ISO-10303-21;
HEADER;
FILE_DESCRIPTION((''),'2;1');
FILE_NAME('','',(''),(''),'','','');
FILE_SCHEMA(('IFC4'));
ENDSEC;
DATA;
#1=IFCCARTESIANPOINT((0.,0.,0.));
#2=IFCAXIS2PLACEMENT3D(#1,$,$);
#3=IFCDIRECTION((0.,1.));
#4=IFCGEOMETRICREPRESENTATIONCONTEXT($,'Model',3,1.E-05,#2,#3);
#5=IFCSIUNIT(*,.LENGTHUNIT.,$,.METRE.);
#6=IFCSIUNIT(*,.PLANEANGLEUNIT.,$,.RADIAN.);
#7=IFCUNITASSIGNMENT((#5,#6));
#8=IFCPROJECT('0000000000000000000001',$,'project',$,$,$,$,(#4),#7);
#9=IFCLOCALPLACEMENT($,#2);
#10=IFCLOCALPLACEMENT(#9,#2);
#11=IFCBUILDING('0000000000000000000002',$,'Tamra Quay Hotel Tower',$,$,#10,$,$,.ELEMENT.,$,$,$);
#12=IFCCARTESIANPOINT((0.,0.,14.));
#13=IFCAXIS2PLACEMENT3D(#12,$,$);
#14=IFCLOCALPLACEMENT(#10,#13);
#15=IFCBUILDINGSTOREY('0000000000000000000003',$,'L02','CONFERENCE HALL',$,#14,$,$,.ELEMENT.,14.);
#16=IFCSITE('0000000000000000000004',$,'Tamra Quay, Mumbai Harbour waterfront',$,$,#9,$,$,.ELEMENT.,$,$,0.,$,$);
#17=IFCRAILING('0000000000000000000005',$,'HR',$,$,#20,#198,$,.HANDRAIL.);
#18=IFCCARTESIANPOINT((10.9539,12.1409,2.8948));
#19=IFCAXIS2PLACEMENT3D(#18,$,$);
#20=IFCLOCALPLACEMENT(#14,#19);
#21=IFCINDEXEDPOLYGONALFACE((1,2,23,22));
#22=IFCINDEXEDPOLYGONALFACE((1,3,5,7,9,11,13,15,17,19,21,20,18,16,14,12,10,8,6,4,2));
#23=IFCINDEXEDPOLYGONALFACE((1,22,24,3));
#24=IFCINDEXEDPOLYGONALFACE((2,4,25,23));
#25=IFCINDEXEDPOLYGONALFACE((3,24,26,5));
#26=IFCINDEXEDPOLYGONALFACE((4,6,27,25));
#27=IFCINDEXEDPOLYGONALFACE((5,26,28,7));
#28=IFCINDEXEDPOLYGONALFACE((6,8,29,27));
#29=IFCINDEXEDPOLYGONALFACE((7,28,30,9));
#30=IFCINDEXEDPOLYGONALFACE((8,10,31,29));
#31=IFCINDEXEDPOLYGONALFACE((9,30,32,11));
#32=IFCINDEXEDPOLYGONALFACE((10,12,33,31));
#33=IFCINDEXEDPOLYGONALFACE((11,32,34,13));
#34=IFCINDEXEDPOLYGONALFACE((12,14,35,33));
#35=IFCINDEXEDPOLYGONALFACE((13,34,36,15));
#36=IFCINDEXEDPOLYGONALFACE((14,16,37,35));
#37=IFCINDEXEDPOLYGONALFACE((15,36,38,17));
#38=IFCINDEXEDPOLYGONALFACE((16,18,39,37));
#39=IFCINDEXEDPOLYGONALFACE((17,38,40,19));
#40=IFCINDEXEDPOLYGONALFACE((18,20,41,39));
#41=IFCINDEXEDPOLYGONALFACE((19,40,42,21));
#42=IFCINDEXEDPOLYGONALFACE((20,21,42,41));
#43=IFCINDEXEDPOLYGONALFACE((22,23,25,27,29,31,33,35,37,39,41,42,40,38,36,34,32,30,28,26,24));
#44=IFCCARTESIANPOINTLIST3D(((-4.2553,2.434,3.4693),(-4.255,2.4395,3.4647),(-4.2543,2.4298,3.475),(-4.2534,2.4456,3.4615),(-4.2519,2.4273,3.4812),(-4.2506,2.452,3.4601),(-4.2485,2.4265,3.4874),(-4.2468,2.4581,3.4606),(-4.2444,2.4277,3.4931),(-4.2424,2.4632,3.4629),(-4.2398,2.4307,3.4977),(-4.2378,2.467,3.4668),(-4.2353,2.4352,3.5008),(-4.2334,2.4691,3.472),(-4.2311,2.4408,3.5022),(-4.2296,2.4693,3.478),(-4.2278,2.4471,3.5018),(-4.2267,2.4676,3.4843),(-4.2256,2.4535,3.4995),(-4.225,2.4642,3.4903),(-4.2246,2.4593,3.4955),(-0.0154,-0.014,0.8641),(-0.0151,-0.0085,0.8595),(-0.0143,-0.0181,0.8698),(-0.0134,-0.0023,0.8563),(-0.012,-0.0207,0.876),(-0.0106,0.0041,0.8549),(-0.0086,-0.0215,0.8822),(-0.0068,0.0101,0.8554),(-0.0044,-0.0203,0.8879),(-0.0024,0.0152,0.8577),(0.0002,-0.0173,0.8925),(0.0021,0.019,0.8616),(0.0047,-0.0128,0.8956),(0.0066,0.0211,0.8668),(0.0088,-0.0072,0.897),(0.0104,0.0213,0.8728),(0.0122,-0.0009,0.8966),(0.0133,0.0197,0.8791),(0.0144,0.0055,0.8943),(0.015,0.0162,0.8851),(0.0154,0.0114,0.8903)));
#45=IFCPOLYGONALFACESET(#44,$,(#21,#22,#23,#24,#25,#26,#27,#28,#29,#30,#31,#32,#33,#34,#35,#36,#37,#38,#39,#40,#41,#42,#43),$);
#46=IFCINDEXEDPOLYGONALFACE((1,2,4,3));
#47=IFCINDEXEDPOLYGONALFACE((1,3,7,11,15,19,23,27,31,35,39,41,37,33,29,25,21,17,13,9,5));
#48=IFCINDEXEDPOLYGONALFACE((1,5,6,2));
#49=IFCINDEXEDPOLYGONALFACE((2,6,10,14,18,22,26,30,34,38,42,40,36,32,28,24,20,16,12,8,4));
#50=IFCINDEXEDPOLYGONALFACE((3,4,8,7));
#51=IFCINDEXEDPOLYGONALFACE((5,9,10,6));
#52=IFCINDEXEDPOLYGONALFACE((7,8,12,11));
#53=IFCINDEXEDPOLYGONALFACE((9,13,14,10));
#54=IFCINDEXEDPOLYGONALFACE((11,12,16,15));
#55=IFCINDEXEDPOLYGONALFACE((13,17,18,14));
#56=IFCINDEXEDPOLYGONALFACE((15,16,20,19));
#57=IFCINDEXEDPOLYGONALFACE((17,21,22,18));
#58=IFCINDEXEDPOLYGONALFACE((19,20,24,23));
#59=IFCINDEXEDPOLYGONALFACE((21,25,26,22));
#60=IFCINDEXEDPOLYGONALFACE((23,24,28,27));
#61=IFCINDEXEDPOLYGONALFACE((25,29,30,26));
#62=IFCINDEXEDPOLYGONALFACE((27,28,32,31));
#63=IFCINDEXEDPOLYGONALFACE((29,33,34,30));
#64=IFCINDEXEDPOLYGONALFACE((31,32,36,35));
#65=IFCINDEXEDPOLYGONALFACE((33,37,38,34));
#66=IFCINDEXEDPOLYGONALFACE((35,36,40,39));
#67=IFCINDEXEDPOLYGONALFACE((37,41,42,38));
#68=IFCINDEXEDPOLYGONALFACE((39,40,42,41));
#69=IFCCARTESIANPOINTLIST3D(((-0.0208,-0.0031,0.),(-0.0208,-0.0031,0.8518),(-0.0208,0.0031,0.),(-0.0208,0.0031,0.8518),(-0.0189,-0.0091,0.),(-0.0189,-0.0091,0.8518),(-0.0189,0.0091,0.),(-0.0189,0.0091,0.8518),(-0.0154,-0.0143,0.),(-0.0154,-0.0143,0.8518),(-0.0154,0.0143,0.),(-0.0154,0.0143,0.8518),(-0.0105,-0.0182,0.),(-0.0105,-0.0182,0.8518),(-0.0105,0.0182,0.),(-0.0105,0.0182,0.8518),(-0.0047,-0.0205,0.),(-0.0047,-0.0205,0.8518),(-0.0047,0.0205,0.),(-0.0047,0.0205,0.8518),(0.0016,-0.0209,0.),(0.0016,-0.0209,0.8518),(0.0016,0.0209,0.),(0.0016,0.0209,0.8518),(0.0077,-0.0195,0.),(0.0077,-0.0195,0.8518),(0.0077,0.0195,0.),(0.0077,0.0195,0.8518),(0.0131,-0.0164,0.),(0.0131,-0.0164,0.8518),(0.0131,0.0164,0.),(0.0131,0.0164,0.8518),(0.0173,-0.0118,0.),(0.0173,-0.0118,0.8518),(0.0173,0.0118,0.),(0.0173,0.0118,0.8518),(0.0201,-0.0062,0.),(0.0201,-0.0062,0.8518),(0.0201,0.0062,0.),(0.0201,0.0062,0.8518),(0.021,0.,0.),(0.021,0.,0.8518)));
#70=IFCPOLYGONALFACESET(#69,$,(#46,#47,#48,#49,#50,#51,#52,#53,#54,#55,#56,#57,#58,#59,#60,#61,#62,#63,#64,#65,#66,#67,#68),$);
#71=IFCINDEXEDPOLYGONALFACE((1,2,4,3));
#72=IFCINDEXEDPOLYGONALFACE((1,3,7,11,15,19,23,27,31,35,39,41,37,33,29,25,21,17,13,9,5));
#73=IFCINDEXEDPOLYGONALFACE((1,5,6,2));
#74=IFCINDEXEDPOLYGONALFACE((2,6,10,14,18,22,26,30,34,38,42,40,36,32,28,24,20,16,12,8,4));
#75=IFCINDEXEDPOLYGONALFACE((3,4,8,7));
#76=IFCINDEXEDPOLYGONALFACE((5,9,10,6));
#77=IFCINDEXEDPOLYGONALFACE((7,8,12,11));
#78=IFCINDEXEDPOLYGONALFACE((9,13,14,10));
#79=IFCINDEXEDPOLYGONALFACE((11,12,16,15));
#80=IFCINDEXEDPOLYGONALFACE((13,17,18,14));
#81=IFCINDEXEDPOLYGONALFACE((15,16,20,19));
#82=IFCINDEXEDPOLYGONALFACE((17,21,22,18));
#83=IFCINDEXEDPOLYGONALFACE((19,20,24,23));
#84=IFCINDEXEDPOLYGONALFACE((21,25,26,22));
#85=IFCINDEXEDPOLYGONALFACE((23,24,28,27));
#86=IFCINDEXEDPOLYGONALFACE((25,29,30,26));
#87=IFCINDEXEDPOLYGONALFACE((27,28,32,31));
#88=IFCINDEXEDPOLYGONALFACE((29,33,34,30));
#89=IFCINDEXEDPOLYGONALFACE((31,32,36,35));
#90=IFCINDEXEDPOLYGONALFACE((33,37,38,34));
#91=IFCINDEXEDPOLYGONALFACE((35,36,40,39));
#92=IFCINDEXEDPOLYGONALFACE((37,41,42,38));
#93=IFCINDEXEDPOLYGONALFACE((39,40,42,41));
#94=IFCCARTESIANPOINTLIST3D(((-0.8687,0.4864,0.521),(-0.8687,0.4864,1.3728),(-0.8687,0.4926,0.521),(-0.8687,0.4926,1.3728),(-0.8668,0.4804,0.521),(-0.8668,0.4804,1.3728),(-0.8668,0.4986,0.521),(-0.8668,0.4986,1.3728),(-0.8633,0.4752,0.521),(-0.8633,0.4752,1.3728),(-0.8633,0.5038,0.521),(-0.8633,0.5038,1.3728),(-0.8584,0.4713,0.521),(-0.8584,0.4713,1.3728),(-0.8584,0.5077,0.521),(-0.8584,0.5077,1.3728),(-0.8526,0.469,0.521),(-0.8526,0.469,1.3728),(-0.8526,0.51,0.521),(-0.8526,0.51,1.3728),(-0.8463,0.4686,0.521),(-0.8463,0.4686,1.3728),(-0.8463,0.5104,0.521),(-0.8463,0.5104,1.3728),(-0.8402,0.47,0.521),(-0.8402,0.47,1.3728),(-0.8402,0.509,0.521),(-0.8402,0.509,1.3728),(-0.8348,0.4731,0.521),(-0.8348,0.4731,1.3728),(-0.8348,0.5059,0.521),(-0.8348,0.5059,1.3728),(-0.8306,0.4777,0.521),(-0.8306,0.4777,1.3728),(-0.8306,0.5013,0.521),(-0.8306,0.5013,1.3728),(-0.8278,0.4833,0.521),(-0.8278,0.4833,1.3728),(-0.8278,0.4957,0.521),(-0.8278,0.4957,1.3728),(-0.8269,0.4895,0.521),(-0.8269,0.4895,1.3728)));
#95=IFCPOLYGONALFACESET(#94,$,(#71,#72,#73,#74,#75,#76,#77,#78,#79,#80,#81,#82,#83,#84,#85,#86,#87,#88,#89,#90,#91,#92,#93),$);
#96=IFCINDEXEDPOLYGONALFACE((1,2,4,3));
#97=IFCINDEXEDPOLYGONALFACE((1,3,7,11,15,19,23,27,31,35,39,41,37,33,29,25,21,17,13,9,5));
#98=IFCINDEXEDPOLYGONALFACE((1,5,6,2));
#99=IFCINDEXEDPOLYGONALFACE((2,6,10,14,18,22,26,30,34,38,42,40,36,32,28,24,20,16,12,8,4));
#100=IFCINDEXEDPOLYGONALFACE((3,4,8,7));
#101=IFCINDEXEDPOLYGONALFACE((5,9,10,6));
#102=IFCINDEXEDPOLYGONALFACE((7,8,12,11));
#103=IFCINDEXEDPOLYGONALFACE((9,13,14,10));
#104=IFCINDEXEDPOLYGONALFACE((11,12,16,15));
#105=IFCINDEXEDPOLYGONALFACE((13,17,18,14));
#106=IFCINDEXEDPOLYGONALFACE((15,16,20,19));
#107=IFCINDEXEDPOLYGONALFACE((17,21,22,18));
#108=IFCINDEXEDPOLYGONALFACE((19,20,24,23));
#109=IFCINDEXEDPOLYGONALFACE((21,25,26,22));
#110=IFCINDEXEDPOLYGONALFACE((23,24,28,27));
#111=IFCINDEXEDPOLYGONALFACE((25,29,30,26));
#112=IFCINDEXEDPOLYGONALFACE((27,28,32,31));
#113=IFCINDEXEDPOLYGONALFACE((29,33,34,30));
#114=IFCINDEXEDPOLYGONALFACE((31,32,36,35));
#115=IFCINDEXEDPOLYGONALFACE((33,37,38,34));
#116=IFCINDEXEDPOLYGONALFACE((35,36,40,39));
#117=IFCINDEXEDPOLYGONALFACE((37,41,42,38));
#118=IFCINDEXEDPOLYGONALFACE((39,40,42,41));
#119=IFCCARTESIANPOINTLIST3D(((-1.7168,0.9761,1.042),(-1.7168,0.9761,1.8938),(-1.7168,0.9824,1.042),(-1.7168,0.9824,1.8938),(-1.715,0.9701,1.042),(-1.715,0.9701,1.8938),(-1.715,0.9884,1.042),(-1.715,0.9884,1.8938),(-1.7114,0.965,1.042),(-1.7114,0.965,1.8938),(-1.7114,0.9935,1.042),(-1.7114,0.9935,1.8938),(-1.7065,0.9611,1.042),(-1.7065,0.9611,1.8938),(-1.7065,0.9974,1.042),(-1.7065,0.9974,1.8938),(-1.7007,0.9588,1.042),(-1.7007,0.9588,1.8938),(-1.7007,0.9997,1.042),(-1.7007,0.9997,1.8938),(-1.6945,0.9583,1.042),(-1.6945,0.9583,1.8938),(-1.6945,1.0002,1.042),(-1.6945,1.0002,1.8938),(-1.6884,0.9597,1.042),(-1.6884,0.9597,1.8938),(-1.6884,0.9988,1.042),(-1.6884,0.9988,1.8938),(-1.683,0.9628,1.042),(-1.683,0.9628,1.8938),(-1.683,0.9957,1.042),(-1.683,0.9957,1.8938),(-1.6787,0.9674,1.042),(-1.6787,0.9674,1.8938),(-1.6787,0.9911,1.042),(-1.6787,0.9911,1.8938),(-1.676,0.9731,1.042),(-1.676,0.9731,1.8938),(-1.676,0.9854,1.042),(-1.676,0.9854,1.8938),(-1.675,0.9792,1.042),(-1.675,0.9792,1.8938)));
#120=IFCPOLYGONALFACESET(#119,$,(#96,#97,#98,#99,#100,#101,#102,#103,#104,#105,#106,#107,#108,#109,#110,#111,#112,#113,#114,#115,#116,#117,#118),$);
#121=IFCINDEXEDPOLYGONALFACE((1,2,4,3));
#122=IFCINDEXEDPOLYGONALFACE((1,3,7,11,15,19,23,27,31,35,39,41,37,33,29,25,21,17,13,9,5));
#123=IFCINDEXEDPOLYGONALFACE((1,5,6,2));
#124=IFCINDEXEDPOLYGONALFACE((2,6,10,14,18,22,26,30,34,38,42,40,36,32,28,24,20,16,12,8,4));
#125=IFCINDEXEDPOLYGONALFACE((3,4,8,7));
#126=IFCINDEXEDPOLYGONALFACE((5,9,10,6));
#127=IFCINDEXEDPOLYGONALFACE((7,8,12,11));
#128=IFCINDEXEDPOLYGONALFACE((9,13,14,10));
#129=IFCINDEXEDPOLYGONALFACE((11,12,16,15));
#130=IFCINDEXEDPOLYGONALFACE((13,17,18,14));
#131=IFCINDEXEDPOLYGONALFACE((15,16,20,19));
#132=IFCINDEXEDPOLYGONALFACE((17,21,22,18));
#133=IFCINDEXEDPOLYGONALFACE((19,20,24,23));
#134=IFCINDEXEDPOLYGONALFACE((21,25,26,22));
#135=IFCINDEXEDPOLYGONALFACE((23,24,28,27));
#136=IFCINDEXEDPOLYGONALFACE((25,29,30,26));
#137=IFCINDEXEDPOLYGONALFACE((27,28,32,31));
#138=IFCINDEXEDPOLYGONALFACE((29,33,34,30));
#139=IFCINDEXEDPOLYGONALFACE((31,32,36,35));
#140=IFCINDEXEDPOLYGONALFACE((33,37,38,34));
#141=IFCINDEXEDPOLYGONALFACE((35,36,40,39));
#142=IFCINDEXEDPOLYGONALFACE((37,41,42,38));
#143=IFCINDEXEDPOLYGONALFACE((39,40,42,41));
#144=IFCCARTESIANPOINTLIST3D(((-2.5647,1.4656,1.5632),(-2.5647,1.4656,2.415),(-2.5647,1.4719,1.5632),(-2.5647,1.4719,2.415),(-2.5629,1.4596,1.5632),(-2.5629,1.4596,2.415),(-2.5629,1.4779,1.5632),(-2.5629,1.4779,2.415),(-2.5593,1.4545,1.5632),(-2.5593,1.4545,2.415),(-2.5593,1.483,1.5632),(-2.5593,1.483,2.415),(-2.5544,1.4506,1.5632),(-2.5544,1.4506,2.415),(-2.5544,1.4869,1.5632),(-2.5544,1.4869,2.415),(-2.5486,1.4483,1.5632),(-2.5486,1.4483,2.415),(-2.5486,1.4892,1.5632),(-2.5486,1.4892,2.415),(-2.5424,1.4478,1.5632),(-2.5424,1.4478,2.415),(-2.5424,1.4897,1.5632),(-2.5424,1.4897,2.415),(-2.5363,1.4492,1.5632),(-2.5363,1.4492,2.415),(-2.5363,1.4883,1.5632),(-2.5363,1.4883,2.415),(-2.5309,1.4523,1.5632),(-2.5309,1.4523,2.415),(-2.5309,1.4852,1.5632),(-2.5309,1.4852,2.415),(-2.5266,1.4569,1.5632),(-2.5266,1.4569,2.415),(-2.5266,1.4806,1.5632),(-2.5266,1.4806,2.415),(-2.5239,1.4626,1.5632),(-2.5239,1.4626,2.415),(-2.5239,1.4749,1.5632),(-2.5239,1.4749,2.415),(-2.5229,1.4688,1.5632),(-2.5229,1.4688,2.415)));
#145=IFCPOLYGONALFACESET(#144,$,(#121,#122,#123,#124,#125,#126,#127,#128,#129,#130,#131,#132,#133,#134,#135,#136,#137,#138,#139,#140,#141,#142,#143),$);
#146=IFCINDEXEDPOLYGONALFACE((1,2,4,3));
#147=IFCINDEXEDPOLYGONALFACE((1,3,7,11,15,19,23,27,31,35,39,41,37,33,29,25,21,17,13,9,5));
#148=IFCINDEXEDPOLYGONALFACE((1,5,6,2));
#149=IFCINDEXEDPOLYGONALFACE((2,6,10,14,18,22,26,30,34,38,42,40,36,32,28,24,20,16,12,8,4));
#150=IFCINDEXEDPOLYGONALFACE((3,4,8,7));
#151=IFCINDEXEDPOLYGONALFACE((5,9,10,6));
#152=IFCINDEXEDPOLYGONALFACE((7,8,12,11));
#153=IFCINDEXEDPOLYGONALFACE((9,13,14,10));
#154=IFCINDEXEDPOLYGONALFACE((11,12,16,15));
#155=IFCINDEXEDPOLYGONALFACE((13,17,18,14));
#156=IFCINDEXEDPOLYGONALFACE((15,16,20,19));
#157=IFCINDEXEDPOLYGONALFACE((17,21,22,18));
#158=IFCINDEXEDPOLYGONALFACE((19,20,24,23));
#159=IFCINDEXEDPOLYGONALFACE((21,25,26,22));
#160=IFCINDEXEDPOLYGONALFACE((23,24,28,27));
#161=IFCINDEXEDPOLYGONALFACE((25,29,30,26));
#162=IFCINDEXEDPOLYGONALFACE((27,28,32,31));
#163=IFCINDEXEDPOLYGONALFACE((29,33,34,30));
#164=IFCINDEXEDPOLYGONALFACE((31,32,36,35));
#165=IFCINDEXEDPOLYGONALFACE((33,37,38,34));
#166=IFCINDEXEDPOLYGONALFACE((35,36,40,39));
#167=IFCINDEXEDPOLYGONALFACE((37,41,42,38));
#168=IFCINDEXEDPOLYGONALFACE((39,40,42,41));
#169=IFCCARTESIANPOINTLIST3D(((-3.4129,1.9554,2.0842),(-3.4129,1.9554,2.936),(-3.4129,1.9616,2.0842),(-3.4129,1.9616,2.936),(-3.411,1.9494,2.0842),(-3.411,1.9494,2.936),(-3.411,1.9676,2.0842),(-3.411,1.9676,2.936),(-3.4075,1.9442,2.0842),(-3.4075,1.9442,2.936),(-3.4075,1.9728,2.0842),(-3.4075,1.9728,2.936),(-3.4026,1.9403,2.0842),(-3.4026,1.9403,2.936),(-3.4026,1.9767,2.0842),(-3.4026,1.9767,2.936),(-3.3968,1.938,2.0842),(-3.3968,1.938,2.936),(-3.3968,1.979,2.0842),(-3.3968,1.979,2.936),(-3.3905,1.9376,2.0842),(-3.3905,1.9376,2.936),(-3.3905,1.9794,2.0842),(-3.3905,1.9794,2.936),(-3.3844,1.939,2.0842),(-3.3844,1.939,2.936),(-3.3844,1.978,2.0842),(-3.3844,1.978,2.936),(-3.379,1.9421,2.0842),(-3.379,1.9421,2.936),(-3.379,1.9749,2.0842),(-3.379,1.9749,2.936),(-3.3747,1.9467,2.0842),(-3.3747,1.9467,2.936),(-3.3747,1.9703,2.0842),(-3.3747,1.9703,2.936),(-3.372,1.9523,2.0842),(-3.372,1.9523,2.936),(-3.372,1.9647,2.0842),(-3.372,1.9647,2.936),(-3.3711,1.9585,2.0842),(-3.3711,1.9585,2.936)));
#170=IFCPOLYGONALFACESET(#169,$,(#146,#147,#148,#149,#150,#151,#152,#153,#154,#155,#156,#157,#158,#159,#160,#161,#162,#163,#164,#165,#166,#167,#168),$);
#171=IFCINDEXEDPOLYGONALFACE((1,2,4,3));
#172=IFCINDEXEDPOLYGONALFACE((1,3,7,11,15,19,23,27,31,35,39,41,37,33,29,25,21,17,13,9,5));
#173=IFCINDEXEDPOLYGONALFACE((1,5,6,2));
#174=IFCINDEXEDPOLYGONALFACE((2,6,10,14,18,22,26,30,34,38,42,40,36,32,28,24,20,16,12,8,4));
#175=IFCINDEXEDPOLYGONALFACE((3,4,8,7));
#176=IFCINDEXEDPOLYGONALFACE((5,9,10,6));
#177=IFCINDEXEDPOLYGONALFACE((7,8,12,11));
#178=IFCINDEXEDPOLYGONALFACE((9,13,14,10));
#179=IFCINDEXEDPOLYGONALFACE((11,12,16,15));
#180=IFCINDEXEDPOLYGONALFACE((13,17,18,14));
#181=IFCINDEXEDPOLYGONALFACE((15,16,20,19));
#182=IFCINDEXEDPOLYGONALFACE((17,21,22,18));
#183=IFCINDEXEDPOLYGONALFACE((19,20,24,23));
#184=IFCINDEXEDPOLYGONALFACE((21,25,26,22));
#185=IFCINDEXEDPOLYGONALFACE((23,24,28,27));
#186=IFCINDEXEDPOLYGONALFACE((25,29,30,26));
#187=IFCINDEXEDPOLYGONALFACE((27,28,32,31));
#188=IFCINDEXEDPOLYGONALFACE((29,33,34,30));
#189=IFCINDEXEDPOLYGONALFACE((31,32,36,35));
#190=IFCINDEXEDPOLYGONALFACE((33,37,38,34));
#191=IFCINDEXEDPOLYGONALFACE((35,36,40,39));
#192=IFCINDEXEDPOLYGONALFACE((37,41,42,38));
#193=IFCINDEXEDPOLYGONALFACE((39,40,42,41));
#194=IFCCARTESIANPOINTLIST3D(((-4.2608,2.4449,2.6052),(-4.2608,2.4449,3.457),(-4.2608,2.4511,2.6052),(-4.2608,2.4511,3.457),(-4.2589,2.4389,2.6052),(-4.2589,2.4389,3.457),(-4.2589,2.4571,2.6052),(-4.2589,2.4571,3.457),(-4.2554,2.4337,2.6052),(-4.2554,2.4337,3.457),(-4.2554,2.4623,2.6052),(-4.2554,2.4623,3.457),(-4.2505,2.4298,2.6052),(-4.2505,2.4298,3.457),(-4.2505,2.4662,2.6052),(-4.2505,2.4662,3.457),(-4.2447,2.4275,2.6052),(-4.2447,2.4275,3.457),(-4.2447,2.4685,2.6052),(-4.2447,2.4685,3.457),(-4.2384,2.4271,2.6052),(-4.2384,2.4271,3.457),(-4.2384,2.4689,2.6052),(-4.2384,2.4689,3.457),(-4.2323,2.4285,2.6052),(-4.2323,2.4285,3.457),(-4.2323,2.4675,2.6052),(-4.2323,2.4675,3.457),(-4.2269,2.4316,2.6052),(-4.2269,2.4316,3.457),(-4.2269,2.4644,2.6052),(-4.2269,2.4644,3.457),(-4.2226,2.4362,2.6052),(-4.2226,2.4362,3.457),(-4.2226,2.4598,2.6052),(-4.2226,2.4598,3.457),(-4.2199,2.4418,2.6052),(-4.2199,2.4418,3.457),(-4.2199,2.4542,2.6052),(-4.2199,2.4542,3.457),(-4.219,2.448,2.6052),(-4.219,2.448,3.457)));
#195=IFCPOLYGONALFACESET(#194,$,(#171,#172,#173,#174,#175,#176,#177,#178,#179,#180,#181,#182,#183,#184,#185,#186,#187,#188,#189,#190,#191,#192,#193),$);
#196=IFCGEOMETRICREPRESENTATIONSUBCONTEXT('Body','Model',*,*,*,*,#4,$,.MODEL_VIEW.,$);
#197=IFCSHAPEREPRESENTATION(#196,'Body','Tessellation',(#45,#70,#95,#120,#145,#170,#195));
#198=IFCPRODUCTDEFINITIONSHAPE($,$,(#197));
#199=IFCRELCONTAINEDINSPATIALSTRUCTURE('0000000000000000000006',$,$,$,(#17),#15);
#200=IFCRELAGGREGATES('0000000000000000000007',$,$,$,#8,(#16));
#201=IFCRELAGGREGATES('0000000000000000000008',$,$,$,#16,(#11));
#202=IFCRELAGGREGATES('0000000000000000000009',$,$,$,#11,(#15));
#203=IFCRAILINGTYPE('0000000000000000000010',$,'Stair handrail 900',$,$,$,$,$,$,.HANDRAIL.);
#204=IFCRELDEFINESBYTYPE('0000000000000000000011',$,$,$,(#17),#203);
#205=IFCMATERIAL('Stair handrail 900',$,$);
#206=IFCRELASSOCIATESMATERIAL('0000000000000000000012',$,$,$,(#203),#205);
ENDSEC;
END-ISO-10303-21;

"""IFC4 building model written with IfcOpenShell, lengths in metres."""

from ifc_helpers import new_model, si_unit, direction, frame, origin, origin_2d, place, context, subcontext, project, spatial, circle, extrude, material, type_object, element, save


model = new_model("IFC4")

# Units and contexts
model_context = context("Model", 3, precision=1e-05, world=origin(), true_north=direction((0.0, 1.0)))
body_context = subcontext(model_context, "Body", "Model", "MODEL_VIEW")
ifc_project = project(units=[si_unit("LENGTHUNIT", "METRE"), si_unit("PLANEANGLEUNIT", "RADIAN")], contexts=[model_context])

# Site, building, storey
site_placement = place(None, origin())
site = spatial("IfcSite", under=ifc_project, at=site_placement, Name="Tamra Quay, Mumbai Harbour waterfront", CompositionType="ELEMENT", RefElevation=0.0)
building_placement = place(site_placement, origin())
building = spatial("IfcBuilding", under=site, at=building_placement, Name="Tamra Quay Hotel Tower", CompositionType="ELEMENT")
storey_placement = place(building_placement, frame((0.0, 0.0, 14.0)))
storey = spatial("IfcBuildingStorey", under=building, at=storey_placement, Name="L02", Description="CONFERENCE HALL", CompositionType="ELEMENT", Elevation=14.0)

# Railing
ifc_material_1 = material(Name="Stair handrail 900")
railing_type = type_object("IfcRailingType", Name="Stair handrail 900", PredefinedType="HANDRAIL", material=ifc_material_1)
railing_placement = place(storey_placement, frame((10.9539, 12.1409, 2.8948)))
element("IfcRailing", 1, at=railing_placement, inside=storey, type_object=railing_type, Name="HR", PredefinedType="HANDRAIL", context=body_context, shape_type="SweptSolid", body=[
    extrude(circle(Radius=0.0239, at=origin_2d()), frame((0.0, 0.0, 0.876), z_axis=(-0.764522, 0.441404, 0.469754), x_axis=(-0.500006, -0.866022, 0.0)), (0.0, 0.0, 1.0), 5.5459),
    extrude(circle(Radius=0.021, at=origin_2d()), origin(), (0.0, 0.0, 1.0), 0.8518),
    extrude(circle(Radius=0.021, at=origin_2d()), frame((-0.8479, 0.4895, 0.521)), (0.0, 0.0, 1.0), 0.8518),
    extrude(circle(Radius=0.021, at=origin_2d()), frame((-1.696, 0.9792, 1.042)), (0.0, 0.0, 1.0), 0.8518),
    extrude(circle(Radius=0.021, at=origin_2d()), frame((-2.5439, 1.4688, 1.5632)), (0.0, 0.0, 1.0), 0.8518),
    extrude(circle(Radius=0.021, at=origin_2d()), frame((-3.3921, 1.9585, 2.0842)), (0.0, 0.0, 1.0), 0.8518),
    extrude(circle(Radius=0.021, at=origin_2d()), frame((-4.24, 2.448, 2.6052)), (0.0, 0.0, 1.0), 0.8518),
])

save(model, "model.ifc")
